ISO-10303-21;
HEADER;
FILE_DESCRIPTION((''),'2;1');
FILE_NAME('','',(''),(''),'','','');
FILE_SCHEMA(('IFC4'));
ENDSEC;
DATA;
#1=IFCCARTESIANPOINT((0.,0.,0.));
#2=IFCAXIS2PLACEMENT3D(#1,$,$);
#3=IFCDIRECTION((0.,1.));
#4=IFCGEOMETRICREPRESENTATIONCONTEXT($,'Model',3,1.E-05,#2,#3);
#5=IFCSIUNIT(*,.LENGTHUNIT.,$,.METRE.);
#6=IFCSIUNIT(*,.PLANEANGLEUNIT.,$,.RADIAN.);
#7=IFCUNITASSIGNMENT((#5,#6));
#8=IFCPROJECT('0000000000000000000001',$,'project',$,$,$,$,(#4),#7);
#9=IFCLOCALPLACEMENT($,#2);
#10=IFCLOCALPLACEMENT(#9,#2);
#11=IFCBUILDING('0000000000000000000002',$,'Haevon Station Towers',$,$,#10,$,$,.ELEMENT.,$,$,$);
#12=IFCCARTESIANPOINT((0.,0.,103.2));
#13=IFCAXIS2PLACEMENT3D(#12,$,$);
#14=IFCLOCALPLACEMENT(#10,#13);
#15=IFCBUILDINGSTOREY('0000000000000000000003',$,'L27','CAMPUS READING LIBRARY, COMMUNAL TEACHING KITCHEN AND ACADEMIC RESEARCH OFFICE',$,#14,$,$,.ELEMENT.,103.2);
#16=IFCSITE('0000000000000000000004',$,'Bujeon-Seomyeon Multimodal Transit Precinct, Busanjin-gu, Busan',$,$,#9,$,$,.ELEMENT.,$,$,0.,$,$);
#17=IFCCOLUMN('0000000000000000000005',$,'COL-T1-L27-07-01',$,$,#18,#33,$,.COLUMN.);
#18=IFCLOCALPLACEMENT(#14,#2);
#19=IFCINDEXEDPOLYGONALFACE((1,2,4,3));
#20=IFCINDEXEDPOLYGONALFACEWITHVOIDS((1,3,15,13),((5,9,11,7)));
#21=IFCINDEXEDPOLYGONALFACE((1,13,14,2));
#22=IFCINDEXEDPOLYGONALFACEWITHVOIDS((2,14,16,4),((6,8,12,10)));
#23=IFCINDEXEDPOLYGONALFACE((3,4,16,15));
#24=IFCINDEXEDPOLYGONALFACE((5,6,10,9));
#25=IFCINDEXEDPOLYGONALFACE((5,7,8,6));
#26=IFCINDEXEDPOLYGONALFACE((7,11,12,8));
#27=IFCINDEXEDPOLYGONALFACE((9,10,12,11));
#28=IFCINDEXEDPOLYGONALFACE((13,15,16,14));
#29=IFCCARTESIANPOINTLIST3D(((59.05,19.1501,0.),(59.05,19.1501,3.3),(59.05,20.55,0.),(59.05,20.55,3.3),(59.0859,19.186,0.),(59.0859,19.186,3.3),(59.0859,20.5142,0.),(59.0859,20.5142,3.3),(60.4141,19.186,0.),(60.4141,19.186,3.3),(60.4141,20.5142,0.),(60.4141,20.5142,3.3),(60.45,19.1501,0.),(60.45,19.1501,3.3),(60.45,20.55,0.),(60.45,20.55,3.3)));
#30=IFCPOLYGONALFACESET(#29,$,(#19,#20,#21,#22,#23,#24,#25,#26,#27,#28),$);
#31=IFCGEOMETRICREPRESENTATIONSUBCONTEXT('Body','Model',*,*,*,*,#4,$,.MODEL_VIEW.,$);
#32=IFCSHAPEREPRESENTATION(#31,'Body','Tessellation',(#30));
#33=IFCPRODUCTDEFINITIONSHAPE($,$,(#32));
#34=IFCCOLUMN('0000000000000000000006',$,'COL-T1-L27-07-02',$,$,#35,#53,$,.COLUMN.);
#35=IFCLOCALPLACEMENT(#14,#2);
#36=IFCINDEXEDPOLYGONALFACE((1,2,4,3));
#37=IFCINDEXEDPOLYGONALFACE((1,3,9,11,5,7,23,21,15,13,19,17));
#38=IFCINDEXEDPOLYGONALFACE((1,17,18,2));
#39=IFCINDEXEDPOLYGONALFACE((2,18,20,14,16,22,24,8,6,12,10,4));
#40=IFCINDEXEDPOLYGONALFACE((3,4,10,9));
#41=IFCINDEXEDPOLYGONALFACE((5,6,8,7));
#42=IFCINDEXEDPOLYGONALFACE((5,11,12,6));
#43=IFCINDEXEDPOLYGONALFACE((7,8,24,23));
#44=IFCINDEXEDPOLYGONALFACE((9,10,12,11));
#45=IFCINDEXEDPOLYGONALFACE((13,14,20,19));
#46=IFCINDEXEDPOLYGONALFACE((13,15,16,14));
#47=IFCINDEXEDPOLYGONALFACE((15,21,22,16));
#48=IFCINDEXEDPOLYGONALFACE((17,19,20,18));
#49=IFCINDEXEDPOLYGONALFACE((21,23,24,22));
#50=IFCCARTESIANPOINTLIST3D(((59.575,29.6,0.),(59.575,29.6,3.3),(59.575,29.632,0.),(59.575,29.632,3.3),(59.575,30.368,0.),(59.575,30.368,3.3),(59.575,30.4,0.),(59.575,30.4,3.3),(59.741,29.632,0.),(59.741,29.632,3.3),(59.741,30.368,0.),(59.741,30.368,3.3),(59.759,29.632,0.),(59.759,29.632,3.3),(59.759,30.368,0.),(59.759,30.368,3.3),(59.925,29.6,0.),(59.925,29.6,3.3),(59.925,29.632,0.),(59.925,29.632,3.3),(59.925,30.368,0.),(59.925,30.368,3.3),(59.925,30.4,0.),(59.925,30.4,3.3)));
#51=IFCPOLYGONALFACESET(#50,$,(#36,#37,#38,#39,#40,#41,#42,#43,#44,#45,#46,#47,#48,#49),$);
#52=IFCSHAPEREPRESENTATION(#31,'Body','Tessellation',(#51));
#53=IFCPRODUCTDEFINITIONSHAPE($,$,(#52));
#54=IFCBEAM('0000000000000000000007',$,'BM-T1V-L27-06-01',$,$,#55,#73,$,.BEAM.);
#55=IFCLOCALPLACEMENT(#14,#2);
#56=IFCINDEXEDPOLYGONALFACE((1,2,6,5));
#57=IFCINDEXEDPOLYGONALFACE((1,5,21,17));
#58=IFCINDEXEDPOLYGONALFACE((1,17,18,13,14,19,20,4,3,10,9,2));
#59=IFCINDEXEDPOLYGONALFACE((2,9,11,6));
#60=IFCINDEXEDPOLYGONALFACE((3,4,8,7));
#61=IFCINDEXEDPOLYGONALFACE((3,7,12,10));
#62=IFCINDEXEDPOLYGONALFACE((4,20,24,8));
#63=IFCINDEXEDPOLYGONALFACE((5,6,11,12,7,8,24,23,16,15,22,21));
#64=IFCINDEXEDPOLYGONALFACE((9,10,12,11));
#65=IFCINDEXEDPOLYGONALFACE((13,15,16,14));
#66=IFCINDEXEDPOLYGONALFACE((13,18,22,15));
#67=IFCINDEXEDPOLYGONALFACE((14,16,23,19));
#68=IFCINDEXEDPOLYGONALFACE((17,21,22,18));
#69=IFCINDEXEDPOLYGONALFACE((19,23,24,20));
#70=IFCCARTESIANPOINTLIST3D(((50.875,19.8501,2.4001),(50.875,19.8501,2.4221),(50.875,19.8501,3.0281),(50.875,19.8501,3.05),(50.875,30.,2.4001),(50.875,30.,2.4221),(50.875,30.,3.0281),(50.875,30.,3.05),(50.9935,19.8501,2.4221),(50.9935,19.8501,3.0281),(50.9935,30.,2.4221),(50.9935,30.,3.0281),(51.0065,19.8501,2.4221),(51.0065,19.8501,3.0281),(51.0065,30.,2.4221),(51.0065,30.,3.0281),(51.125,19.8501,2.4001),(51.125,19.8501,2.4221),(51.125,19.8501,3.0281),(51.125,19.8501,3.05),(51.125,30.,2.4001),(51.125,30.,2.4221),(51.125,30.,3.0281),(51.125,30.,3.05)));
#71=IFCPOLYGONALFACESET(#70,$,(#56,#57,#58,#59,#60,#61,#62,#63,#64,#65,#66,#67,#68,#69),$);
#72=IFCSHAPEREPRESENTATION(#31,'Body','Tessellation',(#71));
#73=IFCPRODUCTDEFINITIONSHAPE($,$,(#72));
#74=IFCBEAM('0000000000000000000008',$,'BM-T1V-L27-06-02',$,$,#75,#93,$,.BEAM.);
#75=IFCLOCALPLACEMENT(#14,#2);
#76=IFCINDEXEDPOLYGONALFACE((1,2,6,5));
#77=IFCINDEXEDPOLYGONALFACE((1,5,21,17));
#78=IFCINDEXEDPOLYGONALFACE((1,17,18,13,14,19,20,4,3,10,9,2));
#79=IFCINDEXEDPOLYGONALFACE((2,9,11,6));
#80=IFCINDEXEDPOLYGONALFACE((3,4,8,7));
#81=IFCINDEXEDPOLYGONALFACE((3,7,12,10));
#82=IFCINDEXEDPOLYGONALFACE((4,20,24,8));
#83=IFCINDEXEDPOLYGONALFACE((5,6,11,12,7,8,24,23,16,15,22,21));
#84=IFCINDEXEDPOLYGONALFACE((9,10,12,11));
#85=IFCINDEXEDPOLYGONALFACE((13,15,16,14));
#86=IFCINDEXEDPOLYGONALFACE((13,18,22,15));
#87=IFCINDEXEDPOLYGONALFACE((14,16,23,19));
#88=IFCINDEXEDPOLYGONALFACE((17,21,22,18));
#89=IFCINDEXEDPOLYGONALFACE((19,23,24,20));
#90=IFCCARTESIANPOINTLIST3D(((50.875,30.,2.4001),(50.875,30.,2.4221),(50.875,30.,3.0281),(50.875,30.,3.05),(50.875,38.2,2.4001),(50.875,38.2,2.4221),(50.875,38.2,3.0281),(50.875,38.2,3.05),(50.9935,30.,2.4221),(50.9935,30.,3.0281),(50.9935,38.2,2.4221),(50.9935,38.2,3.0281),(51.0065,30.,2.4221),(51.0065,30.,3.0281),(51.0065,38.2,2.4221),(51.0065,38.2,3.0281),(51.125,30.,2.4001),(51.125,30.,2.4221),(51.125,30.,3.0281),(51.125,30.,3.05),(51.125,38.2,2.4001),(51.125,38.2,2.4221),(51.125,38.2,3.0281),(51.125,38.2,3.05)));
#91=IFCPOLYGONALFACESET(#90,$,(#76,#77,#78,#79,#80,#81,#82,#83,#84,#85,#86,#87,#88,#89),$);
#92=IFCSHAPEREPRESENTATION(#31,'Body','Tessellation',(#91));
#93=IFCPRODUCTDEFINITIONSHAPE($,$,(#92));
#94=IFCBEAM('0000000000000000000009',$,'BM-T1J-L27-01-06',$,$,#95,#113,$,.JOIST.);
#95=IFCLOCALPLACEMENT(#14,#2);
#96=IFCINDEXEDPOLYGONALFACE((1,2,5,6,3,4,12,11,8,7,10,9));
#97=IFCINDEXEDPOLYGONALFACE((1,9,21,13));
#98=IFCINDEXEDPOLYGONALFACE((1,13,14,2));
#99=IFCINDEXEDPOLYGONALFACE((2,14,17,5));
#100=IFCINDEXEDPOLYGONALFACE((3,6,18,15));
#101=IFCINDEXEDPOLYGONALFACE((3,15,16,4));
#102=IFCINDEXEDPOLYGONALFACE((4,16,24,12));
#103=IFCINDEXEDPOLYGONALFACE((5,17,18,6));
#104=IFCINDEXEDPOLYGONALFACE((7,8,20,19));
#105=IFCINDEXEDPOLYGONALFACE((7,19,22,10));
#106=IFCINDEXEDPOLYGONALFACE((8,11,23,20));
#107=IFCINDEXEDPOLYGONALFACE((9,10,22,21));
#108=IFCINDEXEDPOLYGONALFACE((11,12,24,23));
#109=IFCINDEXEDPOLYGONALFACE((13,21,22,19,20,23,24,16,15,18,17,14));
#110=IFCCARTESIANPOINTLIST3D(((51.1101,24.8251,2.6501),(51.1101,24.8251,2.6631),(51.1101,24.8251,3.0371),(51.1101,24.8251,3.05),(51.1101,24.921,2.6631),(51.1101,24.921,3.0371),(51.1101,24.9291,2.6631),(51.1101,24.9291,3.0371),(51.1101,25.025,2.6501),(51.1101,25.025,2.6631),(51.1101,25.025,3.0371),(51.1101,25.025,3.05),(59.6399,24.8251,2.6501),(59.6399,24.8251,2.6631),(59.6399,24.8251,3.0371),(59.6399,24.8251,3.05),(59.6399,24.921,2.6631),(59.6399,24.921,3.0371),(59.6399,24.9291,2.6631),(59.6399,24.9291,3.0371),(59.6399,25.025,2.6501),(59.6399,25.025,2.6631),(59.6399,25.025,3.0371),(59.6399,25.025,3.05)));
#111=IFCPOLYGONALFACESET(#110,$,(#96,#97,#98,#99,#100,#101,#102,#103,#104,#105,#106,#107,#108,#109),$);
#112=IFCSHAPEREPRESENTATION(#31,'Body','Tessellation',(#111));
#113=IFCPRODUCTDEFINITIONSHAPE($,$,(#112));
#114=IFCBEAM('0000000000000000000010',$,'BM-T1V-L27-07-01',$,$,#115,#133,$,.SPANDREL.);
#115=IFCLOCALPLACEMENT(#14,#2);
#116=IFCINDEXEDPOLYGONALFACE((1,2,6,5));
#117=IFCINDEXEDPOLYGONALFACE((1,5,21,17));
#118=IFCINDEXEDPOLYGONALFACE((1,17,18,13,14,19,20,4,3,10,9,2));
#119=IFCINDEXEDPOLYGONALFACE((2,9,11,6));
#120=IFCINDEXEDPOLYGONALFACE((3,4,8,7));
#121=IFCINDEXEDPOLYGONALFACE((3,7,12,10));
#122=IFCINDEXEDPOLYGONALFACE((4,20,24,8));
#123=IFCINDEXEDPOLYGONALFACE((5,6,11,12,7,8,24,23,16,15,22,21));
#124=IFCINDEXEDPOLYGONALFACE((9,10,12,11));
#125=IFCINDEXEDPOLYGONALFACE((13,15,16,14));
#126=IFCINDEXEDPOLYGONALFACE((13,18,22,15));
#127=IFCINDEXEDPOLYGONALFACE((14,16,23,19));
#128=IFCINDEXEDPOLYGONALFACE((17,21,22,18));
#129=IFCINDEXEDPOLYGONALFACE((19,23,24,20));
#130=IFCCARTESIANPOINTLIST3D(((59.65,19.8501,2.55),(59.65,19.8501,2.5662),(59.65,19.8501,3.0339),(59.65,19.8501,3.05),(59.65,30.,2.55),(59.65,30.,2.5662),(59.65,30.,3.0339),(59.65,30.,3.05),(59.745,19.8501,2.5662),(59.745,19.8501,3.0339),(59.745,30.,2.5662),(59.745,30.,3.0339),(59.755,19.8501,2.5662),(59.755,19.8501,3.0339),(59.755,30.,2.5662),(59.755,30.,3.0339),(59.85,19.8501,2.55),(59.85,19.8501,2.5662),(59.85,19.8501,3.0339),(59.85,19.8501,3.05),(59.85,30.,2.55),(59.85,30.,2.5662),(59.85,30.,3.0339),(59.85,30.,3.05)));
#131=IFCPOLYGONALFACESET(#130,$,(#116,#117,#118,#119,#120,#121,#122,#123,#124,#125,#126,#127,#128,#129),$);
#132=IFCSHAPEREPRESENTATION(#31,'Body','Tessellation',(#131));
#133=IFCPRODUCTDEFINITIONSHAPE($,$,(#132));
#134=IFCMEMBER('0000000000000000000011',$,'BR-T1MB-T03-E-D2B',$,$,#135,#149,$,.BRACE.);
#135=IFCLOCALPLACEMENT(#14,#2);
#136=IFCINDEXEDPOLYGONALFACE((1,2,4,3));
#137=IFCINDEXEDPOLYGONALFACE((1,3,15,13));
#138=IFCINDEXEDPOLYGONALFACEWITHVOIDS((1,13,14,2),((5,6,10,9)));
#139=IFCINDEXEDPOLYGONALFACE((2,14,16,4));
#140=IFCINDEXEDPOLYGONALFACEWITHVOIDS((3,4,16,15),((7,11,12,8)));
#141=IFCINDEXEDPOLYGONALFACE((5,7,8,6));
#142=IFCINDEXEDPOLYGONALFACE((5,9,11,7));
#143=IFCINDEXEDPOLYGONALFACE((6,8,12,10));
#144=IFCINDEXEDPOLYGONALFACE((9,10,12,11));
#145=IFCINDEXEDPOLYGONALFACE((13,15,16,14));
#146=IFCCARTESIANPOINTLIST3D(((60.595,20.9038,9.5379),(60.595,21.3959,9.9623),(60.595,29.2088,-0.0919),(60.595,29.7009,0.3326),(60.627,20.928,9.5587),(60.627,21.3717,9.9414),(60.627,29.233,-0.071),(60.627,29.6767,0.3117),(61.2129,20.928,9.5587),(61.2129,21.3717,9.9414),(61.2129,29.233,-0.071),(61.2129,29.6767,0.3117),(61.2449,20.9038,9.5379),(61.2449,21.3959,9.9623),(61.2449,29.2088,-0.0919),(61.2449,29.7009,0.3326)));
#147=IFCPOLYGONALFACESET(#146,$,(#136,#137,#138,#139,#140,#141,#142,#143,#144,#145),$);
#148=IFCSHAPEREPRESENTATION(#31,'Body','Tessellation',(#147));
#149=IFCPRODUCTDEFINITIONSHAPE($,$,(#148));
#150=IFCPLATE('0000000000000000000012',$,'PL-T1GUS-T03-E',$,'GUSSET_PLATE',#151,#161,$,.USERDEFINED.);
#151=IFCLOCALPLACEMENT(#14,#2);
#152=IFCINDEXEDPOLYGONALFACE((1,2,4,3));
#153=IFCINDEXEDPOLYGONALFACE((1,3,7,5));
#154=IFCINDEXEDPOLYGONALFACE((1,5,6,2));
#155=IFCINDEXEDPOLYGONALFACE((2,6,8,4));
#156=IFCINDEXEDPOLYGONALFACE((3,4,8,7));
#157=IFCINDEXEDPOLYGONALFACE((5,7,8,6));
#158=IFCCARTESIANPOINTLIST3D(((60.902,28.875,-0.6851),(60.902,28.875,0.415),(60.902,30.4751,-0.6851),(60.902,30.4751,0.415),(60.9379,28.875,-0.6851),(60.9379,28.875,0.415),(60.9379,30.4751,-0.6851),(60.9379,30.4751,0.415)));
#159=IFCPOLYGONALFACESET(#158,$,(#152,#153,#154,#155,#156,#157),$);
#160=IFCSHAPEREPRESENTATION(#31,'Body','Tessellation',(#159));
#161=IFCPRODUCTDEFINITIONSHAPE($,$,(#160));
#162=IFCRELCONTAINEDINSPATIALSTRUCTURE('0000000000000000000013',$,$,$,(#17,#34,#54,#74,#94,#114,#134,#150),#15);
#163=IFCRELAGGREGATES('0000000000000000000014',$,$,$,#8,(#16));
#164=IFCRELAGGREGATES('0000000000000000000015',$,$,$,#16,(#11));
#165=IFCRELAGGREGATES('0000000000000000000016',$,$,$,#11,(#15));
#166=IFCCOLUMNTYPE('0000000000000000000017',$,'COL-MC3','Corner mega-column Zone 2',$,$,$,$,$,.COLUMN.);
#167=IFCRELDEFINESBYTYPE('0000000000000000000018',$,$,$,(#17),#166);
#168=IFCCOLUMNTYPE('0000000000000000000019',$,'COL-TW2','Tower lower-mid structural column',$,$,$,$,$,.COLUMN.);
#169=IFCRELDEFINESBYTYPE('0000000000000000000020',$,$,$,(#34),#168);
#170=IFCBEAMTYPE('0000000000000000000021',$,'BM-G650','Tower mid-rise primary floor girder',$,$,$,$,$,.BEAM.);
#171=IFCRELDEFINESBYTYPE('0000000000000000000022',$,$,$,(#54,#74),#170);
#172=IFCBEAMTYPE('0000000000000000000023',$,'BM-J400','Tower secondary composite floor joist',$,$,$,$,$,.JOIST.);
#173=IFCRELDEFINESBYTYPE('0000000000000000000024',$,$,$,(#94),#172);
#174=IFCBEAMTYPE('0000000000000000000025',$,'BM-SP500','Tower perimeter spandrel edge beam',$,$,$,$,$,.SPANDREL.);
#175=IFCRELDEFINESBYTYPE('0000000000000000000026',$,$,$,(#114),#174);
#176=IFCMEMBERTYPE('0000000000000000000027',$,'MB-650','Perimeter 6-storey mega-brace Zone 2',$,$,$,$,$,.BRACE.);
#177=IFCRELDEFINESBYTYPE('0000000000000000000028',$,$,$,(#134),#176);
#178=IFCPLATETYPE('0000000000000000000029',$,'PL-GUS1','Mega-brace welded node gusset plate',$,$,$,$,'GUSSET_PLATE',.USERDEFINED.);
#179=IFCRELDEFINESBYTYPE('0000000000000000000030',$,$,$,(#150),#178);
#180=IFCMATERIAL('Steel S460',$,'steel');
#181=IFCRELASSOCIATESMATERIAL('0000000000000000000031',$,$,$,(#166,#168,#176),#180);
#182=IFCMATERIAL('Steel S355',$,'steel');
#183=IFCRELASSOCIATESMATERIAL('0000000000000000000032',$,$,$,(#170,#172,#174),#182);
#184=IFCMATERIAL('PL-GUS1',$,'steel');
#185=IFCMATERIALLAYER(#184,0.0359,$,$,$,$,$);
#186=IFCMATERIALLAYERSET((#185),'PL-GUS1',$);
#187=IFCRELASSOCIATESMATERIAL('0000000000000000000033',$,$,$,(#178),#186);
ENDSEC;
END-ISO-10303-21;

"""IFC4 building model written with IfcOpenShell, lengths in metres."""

from ifc_helpers import new_model, si_unit, direction, frame, origin, origin_2d, place, context, subcontext, project, spatial, rectangle, hollow_rectangle, i_section, extrude, material, layer, layer_set, material_profile, profile_set, type_object, element, save


model = new_model("IFC4")

# Units and contexts
model_context = context("Model", 3, precision=1e-05, world=origin(), true_north=direction((0.0, 1.0)))
body_context = subcontext(model_context, "Body", "Model", "MODEL_VIEW")
ifc_project = project(units=[si_unit("LENGTHUNIT", "METRE"), si_unit("PLANEANGLEUNIT", "RADIAN")], contexts=[model_context])

# Site, building, storey
site_placement = place(None, origin())
site = spatial("IfcSite", under=ifc_project, at=site_placement, Name="Bujeon-Seomyeon Multimodal Transit Precinct, Busanjin-gu, Busan", CompositionType="ELEMENT", RefElevation=0.0)
building_placement = place(site_placement, origin())
building = spatial("IfcBuilding", under=site, at=building_placement, Name="Haevon Station Towers", CompositionType="ELEMENT")
storey_placement = place(building_placement, frame((0.0, 0.0, 103.2)))
storey = spatial("IfcBuildingStorey", under=building, at=storey_placement, Name="L27", Description="CAMPUS READING LIBRARY, COMMUNAL TEACHING KITCHEN AND ACADEMIC RESEARCH OFFICE", CompositionType="ELEMENT", Elevation=103.2)

# Columns
ifc_material_1 = material(Name="Steel S460", Category="steel")
ifc_material_profile_1 = material_profile(ifc_material_1, hollow_rectangle(XDim=1.3999, YDim=1.3999, WallThickness=0.0359, at=origin_2d()), Name="BOX-1400x1400x36")
ifc_profile_set_1 = profile_set([ifc_material_profile_1], Name="Steel S460")
column_type_1 = type_object("IfcColumnType", Name="COL-MC3", Description="Corner mega-column Zone 2", PredefinedType="COLUMN", material=ifc_profile_set_1)
column_1_placement = place(storey_placement, frame((59.75, 19.8501, 0.0), z_axis=(0.0, 0.0, 1.0), x_axis=(1.0, 0.0, 0.0)))
element("IfcColumn", 1, at=column_1_placement, inside=storey, type_object=column_type_1, Name="COL-T1-L27-07-01", PredefinedType="COLUMN", context=body_context, shape_type="SweptSolid", body=[
    extrude(hollow_rectangle(XDim=1.3999, YDim=1.3999, WallThickness=0.0359, at=origin_2d()), origin(), (0.0, 0.0, 1.0), 3.3),
])
ifc_material_profile_2 = material_profile(ifc_material_1, i_section(OverallWidth=0.3501, OverallDepth=0.8, WebThickness=0.0181, FlangeThickness=0.032, at=origin_2d()), Name="H-800x350x18x32")
ifc_profile_set_2 = profile_set([ifc_material_profile_2], Name="Steel S460")
column_type_2 = type_object("IfcColumnType", Name="COL-TW2", Description="Tower lower-mid structural column", PredefinedType="COLUMN", material=ifc_profile_set_2)
column_2_placement = place(storey_placement, frame((59.75, 30.0, 0.0), z_axis=(0.0, 0.0, 1.0), x_axis=(1.0, 0.0, 0.0)))
element("IfcColumn", 2, at=column_2_placement, inside=storey, type_object=column_type_2, Name="COL-T1-L27-07-02", PredefinedType="COLUMN", context=body_context, shape_type="SweptSolid", body=[
    extrude(i_section(OverallWidth=0.3501, OverallDepth=0.8, WebThickness=0.0181, FlangeThickness=0.032, at=origin_2d()), origin(), (0.0, 0.0, 1.0), 3.3),
])

# Beams
ifc_material_2 = material(Name="Steel S355", Category="steel")
ifc_material_profile_3 = material_profile(ifc_material_2, i_section(OverallWidth=0.25, OverallDepth=0.6499, WebThickness=0.0129, FlangeThickness=0.022, at=origin_2d()), Name="H-650x250x13x22")
ifc_profile_set_3 = profile_set([ifc_material_profile_3], Name="Steel S355")
beam_type_1 = type_object("IfcBeamType", Name="BM-G650", Description="Tower mid-rise primary floor girder", PredefinedType="BEAM", material=ifc_profile_set_3)
beam_1_placement = place(storey_placement, frame((51.0, 19.8501, 2.7251), z_axis=(0.0, 1.0, 0.0), x_axis=(-1.0, 0.0, 0.0)))
element("IfcBeam", 3, at=beam_1_placement, inside=storey, type_object=beam_type_1, Name="BM-T1V-L27-06-01", PredefinedType="BEAM", context=body_context, shape_type="SweptSolid", body=[
    extrude(i_section(OverallWidth=0.25, OverallDepth=0.6499, WebThickness=0.0129, FlangeThickness=0.022, at=origin_2d()), origin(), (0.0, 0.0, 1.0), 10.1499),
])
beam_2_placement = place(storey_placement, frame((51.0, 30.0, 2.7251), z_axis=(0.0, 1.0, 0.0), x_axis=(-1.0, 0.0, 0.0)))
element("IfcBeam", 4, at=beam_2_placement, inside=storey, type_object=beam_type_1, Name="BM-T1V-L27-06-02", PredefinedType="BEAM", context=body_context, shape_type="SweptSolid", body=[
    extrude(i_section(OverallWidth=0.25, OverallDepth=0.6499, WebThickness=0.0129, FlangeThickness=0.022, at=origin_2d()), origin(), (0.0, 0.0, 1.0), 8.2),
])
ifc_material_profile_4 = material_profile(ifc_material_2, i_section(OverallWidth=0.2, OverallDepth=0.3999, WebThickness=0.0081, FlangeThickness=0.0129, at=origin_2d()), Name="H-400x200x8x13")
ifc_profile_set_4 = profile_set([ifc_material_profile_4], Name="Steel S355")
beam_type_2 = type_object("IfcBeamType", Name="BM-J400", Description="Tower secondary composite floor joist", PredefinedType="JOIST", material=ifc_profile_set_4)
beam_3_placement = place(storey_placement, frame((51.1101, 24.925, 2.8501), z_axis=(1.0, 0.0, 0.0), x_axis=(0.0, 1.0, 0.0)))
element("IfcBeam", 5, at=beam_3_placement, inside=storey, type_object=beam_type_2, Name="BM-T1J-L27-01-06", PredefinedType="JOIST", context=body_context, shape_type="SweptSolid", body=[
    extrude(i_section(OverallWidth=0.2, OverallDepth=0.3999, WebThickness=0.0081, FlangeThickness=0.0129, at=origin_2d()), origin(), (0.0, 0.0, 1.0), 8.5298),
])
ifc_material_profile_5 = material_profile(ifc_material_2, i_section(OverallWidth=0.2, OverallDepth=0.5, WebThickness=0.01, FlangeThickness=0.0161, at=origin_2d()), Name="H-500x200x10x16")
ifc_profile_set_5 = profile_set([ifc_material_profile_5], Name="Steel S355")
beam_type_3 = type_object("IfcBeamType", Name="BM-SP500", Description="Tower perimeter spandrel edge beam", PredefinedType="SPANDREL", material=ifc_profile_set_5)
beam_4_placement = place(storey_placement, frame((59.75, 19.8501, 2.8), z_axis=(0.0, 1.0, 0.0), x_axis=(-1.0, 0.0, 0.0)))
element("IfcBeam", 6, at=beam_4_placement, inside=storey, type_object=beam_type_3, Name="BM-T1V-L27-07-01", PredefinedType="SPANDREL", context=body_context, shape_type="SweptSolid", body=[
    extrude(i_section(OverallWidth=0.2, OverallDepth=0.5, WebThickness=0.01, FlangeThickness=0.0161, at=origin_2d()), origin(), (0.0, 0.0, 1.0), 10.1499),
])

# Member
ifc_material_profile_6 = material_profile(ifc_material_1, hollow_rectangle(XDim=0.6499, YDim=0.6499, WallThickness=0.032, at=origin_2d()), Name="RHS-650x650x32")
ifc_profile_set_6 = profile_set([ifc_material_profile_6], Name="Steel S460")
member_type = type_object("IfcMemberType", Name="MB-650", Description="Perimeter 6-storey mega-brace Zone 2", PredefinedType="BRACE", material=ifc_profile_set_6)
member_placement = place(storey_placement, frame((60.9199, 29.4548, 0.1204), z_axis=(0.0, -0.653098, 0.757273), x_axis=(1.0, 0.0, 0.0)))
element("IfcMember", 7, at=member_placement, inside=storey, type_object=member_type, Name="BR-T1MB-T03-E-D2B", PredefinedType="BRACE", context=body_context, shape_type="SweptSolid", body=[
    extrude(hollow_rectangle(XDim=0.6499, YDim=0.6499, WallThickness=0.032, at=origin_2d()), origin(), (0.0, 0.0, 1.0), 12.7163),
])

# Plate
ifc_material_3 = material(Name="PL-GUS1", Category="steel")
ifc_layer_1 = layer(ifc_material_3, 0.0359)
ifc_layer_set_1 = layer_set([ifc_layer_1], Name="PL-GUS1")
plate_type = type_object("IfcPlateType", Name="PL-GUS1", Description="Mega-brace welded node gusset plate", ElementType="GUSSET_PLATE", PredefinedType="USERDEFINED", material=ifc_layer_set_1)
plate_placement = place(storey_placement, frame((60.9199, 29.675, -0.6851), z_axis=(0.0, 0.0, 1.0), x_axis=(0.0, 1.0, 0.0)))
element("IfcPlate", 8, at=plate_placement, inside=storey, type_object=plate_type, Name="PL-T1GUS-T03-E", ObjectType="GUSSET_PLATE", PredefinedType="USERDEFINED", context=body_context, shape_type="SweptSolid", body=[
    extrude(rectangle(XDim=1.6001, YDim=0.0359, at=origin_2d()), origin(), (0.0, 0.0, 1.0), 1.1001),
])

save(model, "model.ifc")
